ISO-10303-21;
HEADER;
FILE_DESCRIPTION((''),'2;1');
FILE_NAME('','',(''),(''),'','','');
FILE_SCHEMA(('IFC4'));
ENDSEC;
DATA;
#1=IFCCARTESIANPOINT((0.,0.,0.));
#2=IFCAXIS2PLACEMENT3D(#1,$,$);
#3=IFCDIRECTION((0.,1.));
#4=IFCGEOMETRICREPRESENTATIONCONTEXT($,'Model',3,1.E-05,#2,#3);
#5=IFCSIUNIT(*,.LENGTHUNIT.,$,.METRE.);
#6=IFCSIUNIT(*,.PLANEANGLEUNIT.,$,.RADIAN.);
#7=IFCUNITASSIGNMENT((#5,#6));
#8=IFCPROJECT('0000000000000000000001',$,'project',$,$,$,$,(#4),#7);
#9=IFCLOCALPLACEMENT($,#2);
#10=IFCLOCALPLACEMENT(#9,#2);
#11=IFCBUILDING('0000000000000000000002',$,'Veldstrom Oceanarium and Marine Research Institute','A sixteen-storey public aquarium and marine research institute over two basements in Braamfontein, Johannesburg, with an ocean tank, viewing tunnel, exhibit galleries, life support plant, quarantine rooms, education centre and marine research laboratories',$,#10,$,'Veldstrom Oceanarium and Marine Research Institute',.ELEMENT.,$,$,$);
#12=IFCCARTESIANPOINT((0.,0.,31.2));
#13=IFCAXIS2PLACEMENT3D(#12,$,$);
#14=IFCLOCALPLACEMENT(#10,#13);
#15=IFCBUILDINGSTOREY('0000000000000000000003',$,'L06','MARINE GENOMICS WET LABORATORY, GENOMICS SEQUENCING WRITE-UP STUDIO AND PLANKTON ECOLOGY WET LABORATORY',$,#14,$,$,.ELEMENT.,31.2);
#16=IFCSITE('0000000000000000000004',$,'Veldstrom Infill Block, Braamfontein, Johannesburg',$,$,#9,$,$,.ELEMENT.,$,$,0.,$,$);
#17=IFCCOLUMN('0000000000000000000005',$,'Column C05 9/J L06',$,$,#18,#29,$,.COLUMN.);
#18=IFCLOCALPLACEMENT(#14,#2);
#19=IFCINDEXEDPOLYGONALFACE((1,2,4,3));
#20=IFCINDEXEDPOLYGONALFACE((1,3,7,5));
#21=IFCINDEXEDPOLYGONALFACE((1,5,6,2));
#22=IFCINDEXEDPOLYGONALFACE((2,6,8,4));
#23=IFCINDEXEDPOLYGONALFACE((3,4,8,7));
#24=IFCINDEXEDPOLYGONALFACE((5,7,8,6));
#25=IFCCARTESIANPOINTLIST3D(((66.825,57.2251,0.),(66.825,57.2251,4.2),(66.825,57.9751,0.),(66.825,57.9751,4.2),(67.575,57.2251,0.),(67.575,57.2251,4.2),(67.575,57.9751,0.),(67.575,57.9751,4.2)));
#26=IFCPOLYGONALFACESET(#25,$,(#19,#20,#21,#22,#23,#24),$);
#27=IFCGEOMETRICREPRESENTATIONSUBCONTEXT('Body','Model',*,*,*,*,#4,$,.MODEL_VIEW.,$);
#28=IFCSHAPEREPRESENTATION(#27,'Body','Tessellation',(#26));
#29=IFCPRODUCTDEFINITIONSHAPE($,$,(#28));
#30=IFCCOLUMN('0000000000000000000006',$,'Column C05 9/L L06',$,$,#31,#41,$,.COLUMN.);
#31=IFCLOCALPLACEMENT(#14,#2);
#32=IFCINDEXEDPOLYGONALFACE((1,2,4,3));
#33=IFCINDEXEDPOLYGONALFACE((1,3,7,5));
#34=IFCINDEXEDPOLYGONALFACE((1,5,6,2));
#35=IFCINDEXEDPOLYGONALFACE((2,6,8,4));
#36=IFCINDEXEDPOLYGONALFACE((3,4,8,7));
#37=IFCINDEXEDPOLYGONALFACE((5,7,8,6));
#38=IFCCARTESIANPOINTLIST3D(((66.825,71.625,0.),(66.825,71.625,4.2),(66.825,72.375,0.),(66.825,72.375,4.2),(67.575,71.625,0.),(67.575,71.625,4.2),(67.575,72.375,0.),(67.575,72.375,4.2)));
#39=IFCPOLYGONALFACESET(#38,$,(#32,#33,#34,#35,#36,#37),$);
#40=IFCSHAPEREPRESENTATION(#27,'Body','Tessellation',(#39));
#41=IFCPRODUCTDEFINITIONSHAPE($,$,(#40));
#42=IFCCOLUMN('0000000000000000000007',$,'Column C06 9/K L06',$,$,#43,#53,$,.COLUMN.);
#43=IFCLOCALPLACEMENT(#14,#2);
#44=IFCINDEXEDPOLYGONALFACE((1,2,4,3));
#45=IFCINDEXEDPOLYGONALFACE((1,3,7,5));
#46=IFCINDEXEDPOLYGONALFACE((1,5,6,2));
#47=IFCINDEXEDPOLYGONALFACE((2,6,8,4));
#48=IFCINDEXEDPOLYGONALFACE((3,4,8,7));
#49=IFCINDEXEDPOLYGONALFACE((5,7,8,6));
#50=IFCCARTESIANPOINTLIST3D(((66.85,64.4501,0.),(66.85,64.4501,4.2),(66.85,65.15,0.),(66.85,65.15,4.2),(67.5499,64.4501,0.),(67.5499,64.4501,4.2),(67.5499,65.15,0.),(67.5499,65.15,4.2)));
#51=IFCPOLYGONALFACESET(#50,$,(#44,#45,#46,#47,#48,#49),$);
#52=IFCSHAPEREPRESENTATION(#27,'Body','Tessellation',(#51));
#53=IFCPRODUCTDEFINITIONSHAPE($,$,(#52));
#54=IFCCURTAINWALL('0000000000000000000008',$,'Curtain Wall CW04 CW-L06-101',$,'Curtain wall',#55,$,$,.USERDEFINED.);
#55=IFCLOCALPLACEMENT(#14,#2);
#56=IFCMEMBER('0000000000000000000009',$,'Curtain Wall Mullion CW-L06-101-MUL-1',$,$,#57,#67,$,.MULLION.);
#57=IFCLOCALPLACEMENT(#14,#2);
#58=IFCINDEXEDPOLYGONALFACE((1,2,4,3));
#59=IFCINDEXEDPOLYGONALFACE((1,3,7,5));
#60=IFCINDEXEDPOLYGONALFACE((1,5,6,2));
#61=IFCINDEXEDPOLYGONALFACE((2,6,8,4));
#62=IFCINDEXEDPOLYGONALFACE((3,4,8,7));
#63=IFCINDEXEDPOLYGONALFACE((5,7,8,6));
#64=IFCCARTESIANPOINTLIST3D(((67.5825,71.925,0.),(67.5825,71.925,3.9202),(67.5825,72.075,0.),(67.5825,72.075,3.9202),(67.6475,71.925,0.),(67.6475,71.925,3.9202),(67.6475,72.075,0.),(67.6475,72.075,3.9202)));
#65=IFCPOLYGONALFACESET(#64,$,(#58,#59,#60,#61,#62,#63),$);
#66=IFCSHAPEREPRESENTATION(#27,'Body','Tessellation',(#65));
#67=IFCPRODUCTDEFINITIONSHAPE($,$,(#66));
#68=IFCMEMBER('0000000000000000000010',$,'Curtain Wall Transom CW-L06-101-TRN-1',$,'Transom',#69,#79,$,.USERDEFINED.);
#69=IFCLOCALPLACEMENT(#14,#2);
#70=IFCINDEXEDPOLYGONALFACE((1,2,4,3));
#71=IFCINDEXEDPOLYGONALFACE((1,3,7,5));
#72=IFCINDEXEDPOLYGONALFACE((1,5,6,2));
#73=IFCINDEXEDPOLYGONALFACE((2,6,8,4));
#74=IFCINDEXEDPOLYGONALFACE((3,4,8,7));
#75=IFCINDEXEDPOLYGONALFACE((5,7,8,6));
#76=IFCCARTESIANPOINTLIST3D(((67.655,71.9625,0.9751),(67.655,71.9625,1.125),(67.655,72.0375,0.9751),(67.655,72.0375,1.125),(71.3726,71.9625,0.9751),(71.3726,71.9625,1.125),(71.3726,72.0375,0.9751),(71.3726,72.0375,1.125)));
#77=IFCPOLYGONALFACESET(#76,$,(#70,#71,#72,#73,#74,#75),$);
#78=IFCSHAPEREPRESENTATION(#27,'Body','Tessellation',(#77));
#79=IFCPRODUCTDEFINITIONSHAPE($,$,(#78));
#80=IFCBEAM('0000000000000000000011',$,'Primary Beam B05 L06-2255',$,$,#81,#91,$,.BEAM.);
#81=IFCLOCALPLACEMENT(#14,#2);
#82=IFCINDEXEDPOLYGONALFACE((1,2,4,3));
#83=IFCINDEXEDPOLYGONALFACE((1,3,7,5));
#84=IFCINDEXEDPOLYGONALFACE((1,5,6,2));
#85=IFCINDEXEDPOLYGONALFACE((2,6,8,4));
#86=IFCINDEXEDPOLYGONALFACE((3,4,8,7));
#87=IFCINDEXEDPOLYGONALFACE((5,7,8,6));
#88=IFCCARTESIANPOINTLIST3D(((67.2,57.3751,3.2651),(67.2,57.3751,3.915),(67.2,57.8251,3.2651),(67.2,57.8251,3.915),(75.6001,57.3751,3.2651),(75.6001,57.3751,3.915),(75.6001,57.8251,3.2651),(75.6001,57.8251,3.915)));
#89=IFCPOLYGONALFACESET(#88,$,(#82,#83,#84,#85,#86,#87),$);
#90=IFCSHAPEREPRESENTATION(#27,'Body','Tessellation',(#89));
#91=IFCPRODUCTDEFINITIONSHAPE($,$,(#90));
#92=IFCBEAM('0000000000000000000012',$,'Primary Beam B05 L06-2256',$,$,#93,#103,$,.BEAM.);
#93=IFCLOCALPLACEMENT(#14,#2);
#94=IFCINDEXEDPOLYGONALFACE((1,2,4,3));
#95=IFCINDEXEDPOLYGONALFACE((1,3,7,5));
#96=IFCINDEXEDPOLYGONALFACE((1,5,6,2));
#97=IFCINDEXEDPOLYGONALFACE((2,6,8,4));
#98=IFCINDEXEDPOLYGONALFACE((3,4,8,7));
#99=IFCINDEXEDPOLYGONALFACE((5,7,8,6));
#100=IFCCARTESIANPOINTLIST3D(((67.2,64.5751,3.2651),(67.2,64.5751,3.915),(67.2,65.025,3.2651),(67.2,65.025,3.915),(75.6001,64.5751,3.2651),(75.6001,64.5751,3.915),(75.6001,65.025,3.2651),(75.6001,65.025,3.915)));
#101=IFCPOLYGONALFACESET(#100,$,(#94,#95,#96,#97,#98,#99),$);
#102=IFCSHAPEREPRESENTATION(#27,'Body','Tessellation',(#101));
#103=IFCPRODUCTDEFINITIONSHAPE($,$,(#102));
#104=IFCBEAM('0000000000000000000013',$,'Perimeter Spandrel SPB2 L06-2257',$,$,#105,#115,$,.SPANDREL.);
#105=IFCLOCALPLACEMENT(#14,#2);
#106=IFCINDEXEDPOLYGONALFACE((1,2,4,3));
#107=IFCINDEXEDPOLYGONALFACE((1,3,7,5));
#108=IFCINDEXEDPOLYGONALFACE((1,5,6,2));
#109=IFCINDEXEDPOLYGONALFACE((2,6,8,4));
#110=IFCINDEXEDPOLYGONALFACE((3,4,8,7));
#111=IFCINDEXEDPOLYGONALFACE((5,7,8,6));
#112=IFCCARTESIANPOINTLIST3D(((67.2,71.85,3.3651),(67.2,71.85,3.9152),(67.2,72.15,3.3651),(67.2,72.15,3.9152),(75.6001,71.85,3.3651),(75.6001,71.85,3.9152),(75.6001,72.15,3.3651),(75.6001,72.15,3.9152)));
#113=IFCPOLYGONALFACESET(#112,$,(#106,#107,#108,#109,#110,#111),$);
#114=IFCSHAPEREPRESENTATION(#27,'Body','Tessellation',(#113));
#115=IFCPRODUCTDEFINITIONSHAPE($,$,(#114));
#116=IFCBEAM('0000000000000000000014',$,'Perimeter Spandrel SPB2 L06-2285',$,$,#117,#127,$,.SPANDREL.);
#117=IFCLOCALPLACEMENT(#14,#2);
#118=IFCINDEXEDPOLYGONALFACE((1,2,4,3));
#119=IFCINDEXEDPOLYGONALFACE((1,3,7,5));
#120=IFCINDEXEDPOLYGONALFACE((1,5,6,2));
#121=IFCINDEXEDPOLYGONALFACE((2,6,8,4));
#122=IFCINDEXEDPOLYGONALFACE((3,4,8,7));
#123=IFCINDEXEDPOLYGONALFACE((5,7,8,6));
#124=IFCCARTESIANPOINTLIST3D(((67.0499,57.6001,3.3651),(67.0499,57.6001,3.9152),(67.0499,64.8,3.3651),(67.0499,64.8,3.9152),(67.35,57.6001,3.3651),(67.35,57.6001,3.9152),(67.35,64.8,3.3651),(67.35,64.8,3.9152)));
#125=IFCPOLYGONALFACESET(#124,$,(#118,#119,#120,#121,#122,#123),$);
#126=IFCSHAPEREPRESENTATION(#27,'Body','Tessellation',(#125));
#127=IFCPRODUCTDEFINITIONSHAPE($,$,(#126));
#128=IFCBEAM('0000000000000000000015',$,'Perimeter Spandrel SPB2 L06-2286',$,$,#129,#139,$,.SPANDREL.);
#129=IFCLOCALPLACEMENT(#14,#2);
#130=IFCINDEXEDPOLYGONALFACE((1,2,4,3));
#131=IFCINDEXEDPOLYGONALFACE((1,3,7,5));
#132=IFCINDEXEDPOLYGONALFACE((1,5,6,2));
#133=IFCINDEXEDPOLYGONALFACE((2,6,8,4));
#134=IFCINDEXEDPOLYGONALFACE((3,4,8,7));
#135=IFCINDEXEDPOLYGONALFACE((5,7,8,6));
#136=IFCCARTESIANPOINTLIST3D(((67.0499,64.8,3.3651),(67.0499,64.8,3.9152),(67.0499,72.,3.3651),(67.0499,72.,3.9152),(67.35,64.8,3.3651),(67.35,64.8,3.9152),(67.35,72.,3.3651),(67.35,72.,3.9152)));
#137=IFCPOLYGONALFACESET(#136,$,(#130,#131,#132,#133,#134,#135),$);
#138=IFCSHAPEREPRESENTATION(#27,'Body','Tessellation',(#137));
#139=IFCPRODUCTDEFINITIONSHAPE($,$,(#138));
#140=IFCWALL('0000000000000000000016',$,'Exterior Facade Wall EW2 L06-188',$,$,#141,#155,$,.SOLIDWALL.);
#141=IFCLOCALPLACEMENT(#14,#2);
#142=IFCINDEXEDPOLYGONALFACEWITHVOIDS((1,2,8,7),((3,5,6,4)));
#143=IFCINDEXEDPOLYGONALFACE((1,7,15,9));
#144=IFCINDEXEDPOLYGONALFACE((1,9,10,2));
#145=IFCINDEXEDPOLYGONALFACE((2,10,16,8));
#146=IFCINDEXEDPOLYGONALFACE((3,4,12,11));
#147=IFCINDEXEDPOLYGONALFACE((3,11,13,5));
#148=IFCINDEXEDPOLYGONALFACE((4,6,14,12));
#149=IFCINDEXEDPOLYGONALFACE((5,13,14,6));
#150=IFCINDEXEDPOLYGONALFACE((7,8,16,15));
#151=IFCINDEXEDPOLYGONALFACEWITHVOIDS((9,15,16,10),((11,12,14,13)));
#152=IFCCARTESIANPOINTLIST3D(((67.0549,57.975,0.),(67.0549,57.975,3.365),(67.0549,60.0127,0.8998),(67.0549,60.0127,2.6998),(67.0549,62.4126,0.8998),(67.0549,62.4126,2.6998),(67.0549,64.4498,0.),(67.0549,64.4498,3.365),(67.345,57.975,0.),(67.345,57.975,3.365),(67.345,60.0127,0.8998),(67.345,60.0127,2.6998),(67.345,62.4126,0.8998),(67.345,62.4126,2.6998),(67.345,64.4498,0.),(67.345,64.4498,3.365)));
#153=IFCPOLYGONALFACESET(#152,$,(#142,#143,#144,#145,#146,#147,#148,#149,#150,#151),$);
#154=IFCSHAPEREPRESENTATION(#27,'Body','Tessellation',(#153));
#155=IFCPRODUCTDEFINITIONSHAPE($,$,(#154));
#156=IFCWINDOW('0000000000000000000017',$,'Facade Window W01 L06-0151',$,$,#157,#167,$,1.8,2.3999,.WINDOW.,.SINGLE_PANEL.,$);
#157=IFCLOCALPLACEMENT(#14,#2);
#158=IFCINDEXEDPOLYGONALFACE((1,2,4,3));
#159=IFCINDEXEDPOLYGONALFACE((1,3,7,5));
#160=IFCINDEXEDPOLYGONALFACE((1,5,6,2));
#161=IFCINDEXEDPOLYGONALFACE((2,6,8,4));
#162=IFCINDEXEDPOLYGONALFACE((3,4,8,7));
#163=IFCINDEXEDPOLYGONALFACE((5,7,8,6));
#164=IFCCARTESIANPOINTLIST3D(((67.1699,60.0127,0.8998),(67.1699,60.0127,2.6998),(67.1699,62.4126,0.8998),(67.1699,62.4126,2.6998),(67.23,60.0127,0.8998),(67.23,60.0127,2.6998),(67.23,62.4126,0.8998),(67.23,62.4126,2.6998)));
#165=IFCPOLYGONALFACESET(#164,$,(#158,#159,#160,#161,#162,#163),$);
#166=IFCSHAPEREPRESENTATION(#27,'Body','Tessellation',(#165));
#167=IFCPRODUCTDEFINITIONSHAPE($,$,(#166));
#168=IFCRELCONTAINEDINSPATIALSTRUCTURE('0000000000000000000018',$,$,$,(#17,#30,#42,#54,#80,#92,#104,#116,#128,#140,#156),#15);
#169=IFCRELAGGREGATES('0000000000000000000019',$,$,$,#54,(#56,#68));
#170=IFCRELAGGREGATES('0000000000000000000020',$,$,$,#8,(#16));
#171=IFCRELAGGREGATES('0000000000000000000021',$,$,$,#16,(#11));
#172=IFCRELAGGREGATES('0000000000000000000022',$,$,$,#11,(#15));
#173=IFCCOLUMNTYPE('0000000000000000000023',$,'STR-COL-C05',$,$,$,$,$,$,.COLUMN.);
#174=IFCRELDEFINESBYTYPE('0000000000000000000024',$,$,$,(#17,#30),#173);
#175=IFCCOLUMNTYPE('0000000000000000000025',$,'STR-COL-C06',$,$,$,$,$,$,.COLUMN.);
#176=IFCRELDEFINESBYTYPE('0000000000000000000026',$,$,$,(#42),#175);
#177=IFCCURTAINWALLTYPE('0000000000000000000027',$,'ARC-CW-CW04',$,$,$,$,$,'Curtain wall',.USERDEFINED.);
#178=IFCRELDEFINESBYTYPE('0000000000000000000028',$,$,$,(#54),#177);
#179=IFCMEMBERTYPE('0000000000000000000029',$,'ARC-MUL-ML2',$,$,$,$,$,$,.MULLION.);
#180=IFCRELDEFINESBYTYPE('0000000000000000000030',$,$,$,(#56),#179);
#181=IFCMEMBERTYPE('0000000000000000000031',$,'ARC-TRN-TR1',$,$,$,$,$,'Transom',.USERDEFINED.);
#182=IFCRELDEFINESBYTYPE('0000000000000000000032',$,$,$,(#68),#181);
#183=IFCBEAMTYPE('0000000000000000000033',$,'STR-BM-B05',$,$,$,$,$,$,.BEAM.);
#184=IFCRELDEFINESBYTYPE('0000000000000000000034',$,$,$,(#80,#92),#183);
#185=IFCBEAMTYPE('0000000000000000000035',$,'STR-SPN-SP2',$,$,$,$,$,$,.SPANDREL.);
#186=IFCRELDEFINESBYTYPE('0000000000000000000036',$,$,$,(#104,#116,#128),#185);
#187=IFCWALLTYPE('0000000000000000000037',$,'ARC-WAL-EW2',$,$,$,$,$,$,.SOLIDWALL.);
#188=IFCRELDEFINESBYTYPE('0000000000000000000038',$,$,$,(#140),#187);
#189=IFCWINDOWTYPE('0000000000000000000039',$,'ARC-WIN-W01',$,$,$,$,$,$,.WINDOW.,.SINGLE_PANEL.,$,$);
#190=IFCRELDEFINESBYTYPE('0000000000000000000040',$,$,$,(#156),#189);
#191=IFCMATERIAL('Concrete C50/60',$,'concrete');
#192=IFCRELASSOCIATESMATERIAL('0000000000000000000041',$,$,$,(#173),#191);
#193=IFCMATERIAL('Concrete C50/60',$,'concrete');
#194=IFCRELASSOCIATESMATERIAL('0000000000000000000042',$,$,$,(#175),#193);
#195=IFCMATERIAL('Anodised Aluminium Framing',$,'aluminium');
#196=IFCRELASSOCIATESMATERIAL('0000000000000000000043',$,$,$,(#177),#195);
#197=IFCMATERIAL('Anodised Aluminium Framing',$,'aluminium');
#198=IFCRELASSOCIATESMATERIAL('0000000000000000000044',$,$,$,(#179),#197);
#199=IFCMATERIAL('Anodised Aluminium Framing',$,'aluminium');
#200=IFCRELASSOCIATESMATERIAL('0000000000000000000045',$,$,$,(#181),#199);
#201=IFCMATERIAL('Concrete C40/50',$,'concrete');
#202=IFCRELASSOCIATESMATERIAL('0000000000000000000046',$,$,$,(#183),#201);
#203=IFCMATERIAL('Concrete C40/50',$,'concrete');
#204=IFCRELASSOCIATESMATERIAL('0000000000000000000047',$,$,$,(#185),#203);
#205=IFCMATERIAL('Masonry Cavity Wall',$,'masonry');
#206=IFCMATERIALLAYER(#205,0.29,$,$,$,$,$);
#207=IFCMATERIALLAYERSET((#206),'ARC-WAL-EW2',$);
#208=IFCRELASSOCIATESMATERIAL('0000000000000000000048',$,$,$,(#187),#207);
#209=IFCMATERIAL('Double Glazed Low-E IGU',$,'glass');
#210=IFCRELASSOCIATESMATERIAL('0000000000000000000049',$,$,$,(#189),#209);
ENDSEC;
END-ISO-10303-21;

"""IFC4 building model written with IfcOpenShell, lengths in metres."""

from ifc_helpers import new_model, si_unit, direction, frame, frame_2d, origin, origin_2d, place, context, subcontext, project, spatial, rectangle, extrude, material, layer, layer_set, material_profile, profile_set, type_object, element, fill, aggregate, save


model = new_model("IFC4")

# Units and contexts
model_context = context("Model", 3, precision=1e-05, world=origin(), true_north=direction((0.0, 1.0)))
body_context = subcontext(model_context, "Body", "Model", "MODEL_VIEW")
ifc_project = project(units=[si_unit("LENGTHUNIT", "METRE"), si_unit("PLANEANGLEUNIT", "RADIAN")], contexts=[model_context])

# Site, building, storey
site_placement = place(None, origin())
site = spatial("IfcSite", under=ifc_project, at=site_placement, Name="Veldstrom Infill Block, Braamfontein, Johannesburg", CompositionType="ELEMENT", RefElevation=0.0)
building_placement = place(site_placement, origin())
building = spatial("IfcBuilding", under=site, at=building_placement, Name="Veldstrom Oceanarium and Marine Research Institute", Description="A sixteen-storey public aquarium and marine research institute over two basements in Braamfontein, Johannesburg, with an ocean tank, viewing tunnel, exhibit galleries, life support plant, quarantine rooms, education centre and marine research laboratories", LongName="Veldstrom Oceanarium and Marine Research Institute", CompositionType="ELEMENT")
storey_placement = place(building_placement, frame((0.0, 0.0, 31.2)))
storey = spatial("IfcBuildingStorey", under=building, at=storey_placement, Name="L06", Description="MARINE GENOMICS WET LABORATORY, GENOMICS SEQUENCING WRITE-UP STUDIO AND PLANKTON ECOLOGY WET LABORATORY", CompositionType="ELEMENT", Elevation=31.2)

# Columns
ifc_material_1 = material(Name="Concrete C50/60", Category="concrete")
ifc_material_profile_1 = material_profile(ifc_material_1, rectangle(XDim=0.75, YDim=0.75, at=origin_2d()), Name="RC-COL-750x750")
ifc_profile_set_1 = profile_set([ifc_material_profile_1], Name="Concrete C50/60")
column_type_1 = type_object("IfcColumnType", Name="STR-COL-C05", PredefinedType="COLUMN", material=ifc_profile_set_1)
for number, where, z_axis, x_axis, name in (
    (1, (67.2, 57.6001, 0.0), (0.0, 0.0, 1.0), (1.0, 0.0, 0.0), "Column C05 9/J L06"),
    (2, (67.2, 72.0, 0.0), (0.0, 0.0, 1.0), (1.0, 0.0, 0.0), "Column C05 9/L L06"),
):
    element("IfcColumn", number, at=place(storey_placement, frame(where, z_axis=z_axis, x_axis=x_axis)), inside=storey, type_object=column_type_1, Name=name, PredefinedType="COLUMN", context=body_context, shape_type="SweptSolid", body=[
        extrude(rectangle(XDim=0.75, YDim=0.75, at=origin_2d()), origin(), (0.0, 0.0, 1.0), 4.2),
    ])
ifc_material_2 = material(Name="Concrete C50/60", Category="concrete")
ifc_material_profile_2 = material_profile(ifc_material_2, rectangle(XDim=0.7, YDim=0.7, at=origin_2d()), Name="RC-COL-700x700")
ifc_profile_set_2 = profile_set([ifc_material_profile_2], Name="Concrete C50/60")
column_type_2 = type_object("IfcColumnType", Name="STR-COL-C06", PredefinedType="COLUMN", material=ifc_profile_set_2)
column_placement = place(storey_placement, frame((67.2, 64.8, 0.0), z_axis=(0.0, 0.0, 1.0), x_axis=(1.0, 0.0, 0.0)))
element("IfcColumn", 3, at=column_placement, inside=storey, type_object=column_type_2, Name="Column C06 9/K L06", PredefinedType="COLUMN", context=body_context, shape_type="SweptSolid", body=[
    extrude(rectangle(XDim=0.7, YDim=0.7, at=origin_2d()), origin(), (0.0, 0.0, 1.0), 4.2),
])

# Curtain wall, members
ifc_material_3 = material(Name="Anodised Aluminium Framing", Category="aluminium")
curtain_wall_type = type_object("IfcCurtainWallType", Name="ARC-CW-CW04", ElementType="Curtain wall", PredefinedType="USERDEFINED", material=ifc_material_3)
curtain_wall_placement = place(storey_placement, origin())
curtain_wall = element("IfcCurtainWall", 4, at=curtain_wall_placement, inside=storey, type_object=curtain_wall_type, Name="Curtain Wall CW04 CW-L06-101", ObjectType="Curtain wall", PredefinedType="USERDEFINED")
ifc_material_4 = material(Name="Anodised Aluminium Framing", Category="aluminium")
ifc_material_profile_3 = material_profile(ifc_material_4, rectangle(XDim=0.0649, YDim=0.1499, at=origin_2d()), Name="ALU-MUL-65x150")
ifc_profile_set_3 = profile_set([ifc_material_profile_3], Name="Anodised Aluminium Framing")
member_type_1 = type_object("IfcMemberType", Name="ARC-MUL-ML2", PredefinedType="MULLION", material=ifc_profile_set_3)
member_1_placement = place(storey_placement, frame((67.615, 72.0, 0.0), z_axis=(0.0, 0.0, 1.0), x_axis=(1.0, 0.0, 0.0)))
member_1 = element("IfcMember", 5, at=member_1_placement, type_object=member_type_1, Name="Curtain Wall Mullion CW-L06-101-MUL-1", PredefinedType="MULLION", context=body_context, shape_type="SweptSolid", body=[
    extrude(rectangle(XDim=0.0649, YDim=0.1499, at=origin_2d()), origin(), (0.0, 0.0, 1.0), 3.9202),
])
ifc_material_5 = material(Name="Anodised Aluminium Framing", Category="aluminium")
ifc_material_profile_4 = material_profile(ifc_material_5, rectangle(XDim=0.075, YDim=0.1499, at=origin_2d()), Name="ALU-TRN-75x150")
ifc_profile_set_4 = profile_set([ifc_material_profile_4], Name="Anodised Aluminium Framing")
member_type_2 = type_object("IfcMemberType", Name="ARC-TRN-TR1", ElementType="Transom", PredefinedType="USERDEFINED", material=ifc_profile_set_4)
member_2_placement = place(storey_placement, frame((67.655, 72.0, 1.05), z_axis=(1.0, 0.0, 0.0), x_axis=(0.0, 1.0, 0.0)))
member_2 = element("IfcMember", 6, at=member_2_placement, type_object=member_type_2, Name="Curtain Wall Transom CW-L06-101-TRN-1", ObjectType="Transom", PredefinedType="USERDEFINED", context=body_context, shape_type="SweptSolid", body=[
    extrude(rectangle(XDim=0.075, YDim=0.1499, at=origin_2d()), origin(), (0.0, 0.0, 1.0), 3.7175),
])
aggregate(curtain_wall, [member_1, member_2])

# Beams
ifc_material_6 = material(Name="Concrete C40/50", Category="concrete")
ifc_material_profile_5 = material_profile(ifc_material_6, rectangle(XDim=0.45, YDim=0.6499, at=origin_2d()), Name="RC-BM-450x650")
ifc_profile_set_5 = profile_set([ifc_material_profile_5], Name="Concrete C40/50")
beam_type_1 = type_object("IfcBeamType", Name="STR-BM-B05", PredefinedType="BEAM", material=ifc_profile_set_5)
for number, where, z_axis, x_axis, name in (
    (7, (67.2, 57.6001, 3.5901), (1.0, 0.0, 0.0), (0.0, 1.0, 0.0), "Primary Beam B05 L06-2255"),
    (8, (67.2, 64.8, 3.5901), (1.0, 0.0, 0.0), (0.0, 1.0, 0.0), "Primary Beam B05 L06-2256"),
):
    element("IfcBeam", number, at=place(storey_placement, frame(where, z_axis=z_axis, x_axis=x_axis)), inside=storey, type_object=beam_type_1, Name=name, PredefinedType="BEAM", context=body_context, shape_type="SweptSolid", body=[
        extrude(rectangle(XDim=0.45, YDim=0.6499, at=origin_2d()), origin(), (0.0, 0.0, 1.0), 8.4001),
    ])
ifc_material_7 = material(Name="Concrete C40/50", Category="concrete")
ifc_material_profile_6 = material_profile(ifc_material_7, rectangle(XDim=0.3, YDim=0.55, at=origin_2d()), Name="RC-SPN-300x550")
ifc_profile_set_6 = profile_set([ifc_material_profile_6], Name="Concrete C40/50")
beam_type_2 = type_object("IfcBeamType", Name="STR-SPN-SP2", PredefinedType="SPANDREL", material=ifc_profile_set_6)
beam_placement = place(storey_placement, frame((67.2, 72.0, 3.6401), z_axis=(1.0, 0.0, 0.0), x_axis=(0.0, 1.0, 0.0)))
element("IfcBeam", 9, at=beam_placement, inside=storey, type_object=beam_type_2, Name="Perimeter Spandrel SPB2 L06-2257", PredefinedType="SPANDREL", context=body_context, shape_type="SweptSolid", body=[
    extrude(rectangle(XDim=0.3, YDim=0.55, at=origin_2d()), origin(), (0.0, 0.0, 1.0), 8.4001),
])
for number, where, z_axis, x_axis, name in (
    (10, (67.2, 57.6001, 3.6401), (0.0, 1.0, 0.0), (-1.0, 0.0, 0.0), "Perimeter Spandrel SPB2 L06-2285"),
    (11, (67.2, 64.8, 3.6401), (0.0, 1.0, 0.0), (-1.0, 0.0, 0.0), "Perimeter Spandrel SPB2 L06-2286"),
):
    element("IfcBeam", number, at=place(storey_placement, frame(where, z_axis=z_axis, x_axis=x_axis)), inside=storey, type_object=beam_type_2, Name=name, PredefinedType="SPANDREL", context=body_context, shape_type="SweptSolid", body=[
        extrude(rectangle(XDim=0.3, YDim=0.55, at=origin_2d()), origin(), (0.0, 0.0, 1.0), 7.2),
    ])

# Wall, opening, window
ifc_material_8 = material(Name="Masonry Cavity Wall", Category="masonry")
ifc_layer_1 = layer(ifc_material_8, 0.29)
ifc_layer_set_1 = layer_set([ifc_layer_1], Name="ARC-WAL-EW2")
wall_type_1 = type_object("IfcWallType", Name="ARC-WAL-EW2", PredefinedType="SOLIDWALL", material=ifc_layer_set_1)
wall_1_placement = place(storey_placement, frame((67.2, 57.9751, 0.0), z_axis=(0.0, 0.0, 1.0), x_axis=(0.0, 1.0, 0.0)))
wall_1 = element("IfcWall", 12, at=wall_1_placement, inside=storey, type_object=wall_type_1, Name="Exterior Facade Wall EW2 L06-188", PredefinedType="SOLIDWALL", context=body_context, shape_type="SweptSolid", body=[
    extrude(rectangle(XDim=6.4749, YDim=0.29, at=frame_2d((3.2373, 0.0))), origin(), (0.0, 0.0, 1.0), 3.365),
])
opening_1_placement = place(wall_1_placement, frame((2.0376, 0.0, 0.8999)))
opening_1 = element("IfcOpeningElement", 13, at=opening_1_placement, cuts=wall_1, PredefinedType="OPENING", context=body_context, shape_type="SweptSolid", body=[
    extrude(rectangle(XDim=2.3999, YDim=1.8, at=frame_2d((1.2, 0.8999))), frame((0.0, 0.155, 0.0), z_axis=(0.0, -1.0, 0.0), x_axis=(1.0, 0.0, 0.0)), (0.0, 0.0, 1.0), 0.3101),
])
ifc_material_9 = material(Name="Double Glazed Low-E IGU", Category="glass")
window_type_1 = type_object("IfcWindowType", Name="ARC-WIN-W01", PartitioningType="SINGLE_PANEL", PredefinedType="WINDOW", material=ifc_material_9)
window_1_placement = place(opening_1_placement, origin())
window_1 = element("IfcWindow", 14, at=window_1_placement, inside=storey, type_object=window_type_1, Name="Facade Window W01 L06-0151", OverallHeight=1.8, OverallWidth=2.3999, PartitioningType="SINGLE_PANEL", PredefinedType="WINDOW", context=body_context, shape_type="SweptSolid", body=[
    extrude(rectangle(XDim=2.3999, YDim=1.8, at=frame_2d((1.2, 0.8999))), frame((0.0, 0.03, 0.0), z_axis=(0.0, -1.0, 0.0), x_axis=(1.0, 0.0, 0.0)), (0.0, 0.0, 1.0), 0.0601),
])
fill(opening_1, window_1)

save(model, "model.ifc")
